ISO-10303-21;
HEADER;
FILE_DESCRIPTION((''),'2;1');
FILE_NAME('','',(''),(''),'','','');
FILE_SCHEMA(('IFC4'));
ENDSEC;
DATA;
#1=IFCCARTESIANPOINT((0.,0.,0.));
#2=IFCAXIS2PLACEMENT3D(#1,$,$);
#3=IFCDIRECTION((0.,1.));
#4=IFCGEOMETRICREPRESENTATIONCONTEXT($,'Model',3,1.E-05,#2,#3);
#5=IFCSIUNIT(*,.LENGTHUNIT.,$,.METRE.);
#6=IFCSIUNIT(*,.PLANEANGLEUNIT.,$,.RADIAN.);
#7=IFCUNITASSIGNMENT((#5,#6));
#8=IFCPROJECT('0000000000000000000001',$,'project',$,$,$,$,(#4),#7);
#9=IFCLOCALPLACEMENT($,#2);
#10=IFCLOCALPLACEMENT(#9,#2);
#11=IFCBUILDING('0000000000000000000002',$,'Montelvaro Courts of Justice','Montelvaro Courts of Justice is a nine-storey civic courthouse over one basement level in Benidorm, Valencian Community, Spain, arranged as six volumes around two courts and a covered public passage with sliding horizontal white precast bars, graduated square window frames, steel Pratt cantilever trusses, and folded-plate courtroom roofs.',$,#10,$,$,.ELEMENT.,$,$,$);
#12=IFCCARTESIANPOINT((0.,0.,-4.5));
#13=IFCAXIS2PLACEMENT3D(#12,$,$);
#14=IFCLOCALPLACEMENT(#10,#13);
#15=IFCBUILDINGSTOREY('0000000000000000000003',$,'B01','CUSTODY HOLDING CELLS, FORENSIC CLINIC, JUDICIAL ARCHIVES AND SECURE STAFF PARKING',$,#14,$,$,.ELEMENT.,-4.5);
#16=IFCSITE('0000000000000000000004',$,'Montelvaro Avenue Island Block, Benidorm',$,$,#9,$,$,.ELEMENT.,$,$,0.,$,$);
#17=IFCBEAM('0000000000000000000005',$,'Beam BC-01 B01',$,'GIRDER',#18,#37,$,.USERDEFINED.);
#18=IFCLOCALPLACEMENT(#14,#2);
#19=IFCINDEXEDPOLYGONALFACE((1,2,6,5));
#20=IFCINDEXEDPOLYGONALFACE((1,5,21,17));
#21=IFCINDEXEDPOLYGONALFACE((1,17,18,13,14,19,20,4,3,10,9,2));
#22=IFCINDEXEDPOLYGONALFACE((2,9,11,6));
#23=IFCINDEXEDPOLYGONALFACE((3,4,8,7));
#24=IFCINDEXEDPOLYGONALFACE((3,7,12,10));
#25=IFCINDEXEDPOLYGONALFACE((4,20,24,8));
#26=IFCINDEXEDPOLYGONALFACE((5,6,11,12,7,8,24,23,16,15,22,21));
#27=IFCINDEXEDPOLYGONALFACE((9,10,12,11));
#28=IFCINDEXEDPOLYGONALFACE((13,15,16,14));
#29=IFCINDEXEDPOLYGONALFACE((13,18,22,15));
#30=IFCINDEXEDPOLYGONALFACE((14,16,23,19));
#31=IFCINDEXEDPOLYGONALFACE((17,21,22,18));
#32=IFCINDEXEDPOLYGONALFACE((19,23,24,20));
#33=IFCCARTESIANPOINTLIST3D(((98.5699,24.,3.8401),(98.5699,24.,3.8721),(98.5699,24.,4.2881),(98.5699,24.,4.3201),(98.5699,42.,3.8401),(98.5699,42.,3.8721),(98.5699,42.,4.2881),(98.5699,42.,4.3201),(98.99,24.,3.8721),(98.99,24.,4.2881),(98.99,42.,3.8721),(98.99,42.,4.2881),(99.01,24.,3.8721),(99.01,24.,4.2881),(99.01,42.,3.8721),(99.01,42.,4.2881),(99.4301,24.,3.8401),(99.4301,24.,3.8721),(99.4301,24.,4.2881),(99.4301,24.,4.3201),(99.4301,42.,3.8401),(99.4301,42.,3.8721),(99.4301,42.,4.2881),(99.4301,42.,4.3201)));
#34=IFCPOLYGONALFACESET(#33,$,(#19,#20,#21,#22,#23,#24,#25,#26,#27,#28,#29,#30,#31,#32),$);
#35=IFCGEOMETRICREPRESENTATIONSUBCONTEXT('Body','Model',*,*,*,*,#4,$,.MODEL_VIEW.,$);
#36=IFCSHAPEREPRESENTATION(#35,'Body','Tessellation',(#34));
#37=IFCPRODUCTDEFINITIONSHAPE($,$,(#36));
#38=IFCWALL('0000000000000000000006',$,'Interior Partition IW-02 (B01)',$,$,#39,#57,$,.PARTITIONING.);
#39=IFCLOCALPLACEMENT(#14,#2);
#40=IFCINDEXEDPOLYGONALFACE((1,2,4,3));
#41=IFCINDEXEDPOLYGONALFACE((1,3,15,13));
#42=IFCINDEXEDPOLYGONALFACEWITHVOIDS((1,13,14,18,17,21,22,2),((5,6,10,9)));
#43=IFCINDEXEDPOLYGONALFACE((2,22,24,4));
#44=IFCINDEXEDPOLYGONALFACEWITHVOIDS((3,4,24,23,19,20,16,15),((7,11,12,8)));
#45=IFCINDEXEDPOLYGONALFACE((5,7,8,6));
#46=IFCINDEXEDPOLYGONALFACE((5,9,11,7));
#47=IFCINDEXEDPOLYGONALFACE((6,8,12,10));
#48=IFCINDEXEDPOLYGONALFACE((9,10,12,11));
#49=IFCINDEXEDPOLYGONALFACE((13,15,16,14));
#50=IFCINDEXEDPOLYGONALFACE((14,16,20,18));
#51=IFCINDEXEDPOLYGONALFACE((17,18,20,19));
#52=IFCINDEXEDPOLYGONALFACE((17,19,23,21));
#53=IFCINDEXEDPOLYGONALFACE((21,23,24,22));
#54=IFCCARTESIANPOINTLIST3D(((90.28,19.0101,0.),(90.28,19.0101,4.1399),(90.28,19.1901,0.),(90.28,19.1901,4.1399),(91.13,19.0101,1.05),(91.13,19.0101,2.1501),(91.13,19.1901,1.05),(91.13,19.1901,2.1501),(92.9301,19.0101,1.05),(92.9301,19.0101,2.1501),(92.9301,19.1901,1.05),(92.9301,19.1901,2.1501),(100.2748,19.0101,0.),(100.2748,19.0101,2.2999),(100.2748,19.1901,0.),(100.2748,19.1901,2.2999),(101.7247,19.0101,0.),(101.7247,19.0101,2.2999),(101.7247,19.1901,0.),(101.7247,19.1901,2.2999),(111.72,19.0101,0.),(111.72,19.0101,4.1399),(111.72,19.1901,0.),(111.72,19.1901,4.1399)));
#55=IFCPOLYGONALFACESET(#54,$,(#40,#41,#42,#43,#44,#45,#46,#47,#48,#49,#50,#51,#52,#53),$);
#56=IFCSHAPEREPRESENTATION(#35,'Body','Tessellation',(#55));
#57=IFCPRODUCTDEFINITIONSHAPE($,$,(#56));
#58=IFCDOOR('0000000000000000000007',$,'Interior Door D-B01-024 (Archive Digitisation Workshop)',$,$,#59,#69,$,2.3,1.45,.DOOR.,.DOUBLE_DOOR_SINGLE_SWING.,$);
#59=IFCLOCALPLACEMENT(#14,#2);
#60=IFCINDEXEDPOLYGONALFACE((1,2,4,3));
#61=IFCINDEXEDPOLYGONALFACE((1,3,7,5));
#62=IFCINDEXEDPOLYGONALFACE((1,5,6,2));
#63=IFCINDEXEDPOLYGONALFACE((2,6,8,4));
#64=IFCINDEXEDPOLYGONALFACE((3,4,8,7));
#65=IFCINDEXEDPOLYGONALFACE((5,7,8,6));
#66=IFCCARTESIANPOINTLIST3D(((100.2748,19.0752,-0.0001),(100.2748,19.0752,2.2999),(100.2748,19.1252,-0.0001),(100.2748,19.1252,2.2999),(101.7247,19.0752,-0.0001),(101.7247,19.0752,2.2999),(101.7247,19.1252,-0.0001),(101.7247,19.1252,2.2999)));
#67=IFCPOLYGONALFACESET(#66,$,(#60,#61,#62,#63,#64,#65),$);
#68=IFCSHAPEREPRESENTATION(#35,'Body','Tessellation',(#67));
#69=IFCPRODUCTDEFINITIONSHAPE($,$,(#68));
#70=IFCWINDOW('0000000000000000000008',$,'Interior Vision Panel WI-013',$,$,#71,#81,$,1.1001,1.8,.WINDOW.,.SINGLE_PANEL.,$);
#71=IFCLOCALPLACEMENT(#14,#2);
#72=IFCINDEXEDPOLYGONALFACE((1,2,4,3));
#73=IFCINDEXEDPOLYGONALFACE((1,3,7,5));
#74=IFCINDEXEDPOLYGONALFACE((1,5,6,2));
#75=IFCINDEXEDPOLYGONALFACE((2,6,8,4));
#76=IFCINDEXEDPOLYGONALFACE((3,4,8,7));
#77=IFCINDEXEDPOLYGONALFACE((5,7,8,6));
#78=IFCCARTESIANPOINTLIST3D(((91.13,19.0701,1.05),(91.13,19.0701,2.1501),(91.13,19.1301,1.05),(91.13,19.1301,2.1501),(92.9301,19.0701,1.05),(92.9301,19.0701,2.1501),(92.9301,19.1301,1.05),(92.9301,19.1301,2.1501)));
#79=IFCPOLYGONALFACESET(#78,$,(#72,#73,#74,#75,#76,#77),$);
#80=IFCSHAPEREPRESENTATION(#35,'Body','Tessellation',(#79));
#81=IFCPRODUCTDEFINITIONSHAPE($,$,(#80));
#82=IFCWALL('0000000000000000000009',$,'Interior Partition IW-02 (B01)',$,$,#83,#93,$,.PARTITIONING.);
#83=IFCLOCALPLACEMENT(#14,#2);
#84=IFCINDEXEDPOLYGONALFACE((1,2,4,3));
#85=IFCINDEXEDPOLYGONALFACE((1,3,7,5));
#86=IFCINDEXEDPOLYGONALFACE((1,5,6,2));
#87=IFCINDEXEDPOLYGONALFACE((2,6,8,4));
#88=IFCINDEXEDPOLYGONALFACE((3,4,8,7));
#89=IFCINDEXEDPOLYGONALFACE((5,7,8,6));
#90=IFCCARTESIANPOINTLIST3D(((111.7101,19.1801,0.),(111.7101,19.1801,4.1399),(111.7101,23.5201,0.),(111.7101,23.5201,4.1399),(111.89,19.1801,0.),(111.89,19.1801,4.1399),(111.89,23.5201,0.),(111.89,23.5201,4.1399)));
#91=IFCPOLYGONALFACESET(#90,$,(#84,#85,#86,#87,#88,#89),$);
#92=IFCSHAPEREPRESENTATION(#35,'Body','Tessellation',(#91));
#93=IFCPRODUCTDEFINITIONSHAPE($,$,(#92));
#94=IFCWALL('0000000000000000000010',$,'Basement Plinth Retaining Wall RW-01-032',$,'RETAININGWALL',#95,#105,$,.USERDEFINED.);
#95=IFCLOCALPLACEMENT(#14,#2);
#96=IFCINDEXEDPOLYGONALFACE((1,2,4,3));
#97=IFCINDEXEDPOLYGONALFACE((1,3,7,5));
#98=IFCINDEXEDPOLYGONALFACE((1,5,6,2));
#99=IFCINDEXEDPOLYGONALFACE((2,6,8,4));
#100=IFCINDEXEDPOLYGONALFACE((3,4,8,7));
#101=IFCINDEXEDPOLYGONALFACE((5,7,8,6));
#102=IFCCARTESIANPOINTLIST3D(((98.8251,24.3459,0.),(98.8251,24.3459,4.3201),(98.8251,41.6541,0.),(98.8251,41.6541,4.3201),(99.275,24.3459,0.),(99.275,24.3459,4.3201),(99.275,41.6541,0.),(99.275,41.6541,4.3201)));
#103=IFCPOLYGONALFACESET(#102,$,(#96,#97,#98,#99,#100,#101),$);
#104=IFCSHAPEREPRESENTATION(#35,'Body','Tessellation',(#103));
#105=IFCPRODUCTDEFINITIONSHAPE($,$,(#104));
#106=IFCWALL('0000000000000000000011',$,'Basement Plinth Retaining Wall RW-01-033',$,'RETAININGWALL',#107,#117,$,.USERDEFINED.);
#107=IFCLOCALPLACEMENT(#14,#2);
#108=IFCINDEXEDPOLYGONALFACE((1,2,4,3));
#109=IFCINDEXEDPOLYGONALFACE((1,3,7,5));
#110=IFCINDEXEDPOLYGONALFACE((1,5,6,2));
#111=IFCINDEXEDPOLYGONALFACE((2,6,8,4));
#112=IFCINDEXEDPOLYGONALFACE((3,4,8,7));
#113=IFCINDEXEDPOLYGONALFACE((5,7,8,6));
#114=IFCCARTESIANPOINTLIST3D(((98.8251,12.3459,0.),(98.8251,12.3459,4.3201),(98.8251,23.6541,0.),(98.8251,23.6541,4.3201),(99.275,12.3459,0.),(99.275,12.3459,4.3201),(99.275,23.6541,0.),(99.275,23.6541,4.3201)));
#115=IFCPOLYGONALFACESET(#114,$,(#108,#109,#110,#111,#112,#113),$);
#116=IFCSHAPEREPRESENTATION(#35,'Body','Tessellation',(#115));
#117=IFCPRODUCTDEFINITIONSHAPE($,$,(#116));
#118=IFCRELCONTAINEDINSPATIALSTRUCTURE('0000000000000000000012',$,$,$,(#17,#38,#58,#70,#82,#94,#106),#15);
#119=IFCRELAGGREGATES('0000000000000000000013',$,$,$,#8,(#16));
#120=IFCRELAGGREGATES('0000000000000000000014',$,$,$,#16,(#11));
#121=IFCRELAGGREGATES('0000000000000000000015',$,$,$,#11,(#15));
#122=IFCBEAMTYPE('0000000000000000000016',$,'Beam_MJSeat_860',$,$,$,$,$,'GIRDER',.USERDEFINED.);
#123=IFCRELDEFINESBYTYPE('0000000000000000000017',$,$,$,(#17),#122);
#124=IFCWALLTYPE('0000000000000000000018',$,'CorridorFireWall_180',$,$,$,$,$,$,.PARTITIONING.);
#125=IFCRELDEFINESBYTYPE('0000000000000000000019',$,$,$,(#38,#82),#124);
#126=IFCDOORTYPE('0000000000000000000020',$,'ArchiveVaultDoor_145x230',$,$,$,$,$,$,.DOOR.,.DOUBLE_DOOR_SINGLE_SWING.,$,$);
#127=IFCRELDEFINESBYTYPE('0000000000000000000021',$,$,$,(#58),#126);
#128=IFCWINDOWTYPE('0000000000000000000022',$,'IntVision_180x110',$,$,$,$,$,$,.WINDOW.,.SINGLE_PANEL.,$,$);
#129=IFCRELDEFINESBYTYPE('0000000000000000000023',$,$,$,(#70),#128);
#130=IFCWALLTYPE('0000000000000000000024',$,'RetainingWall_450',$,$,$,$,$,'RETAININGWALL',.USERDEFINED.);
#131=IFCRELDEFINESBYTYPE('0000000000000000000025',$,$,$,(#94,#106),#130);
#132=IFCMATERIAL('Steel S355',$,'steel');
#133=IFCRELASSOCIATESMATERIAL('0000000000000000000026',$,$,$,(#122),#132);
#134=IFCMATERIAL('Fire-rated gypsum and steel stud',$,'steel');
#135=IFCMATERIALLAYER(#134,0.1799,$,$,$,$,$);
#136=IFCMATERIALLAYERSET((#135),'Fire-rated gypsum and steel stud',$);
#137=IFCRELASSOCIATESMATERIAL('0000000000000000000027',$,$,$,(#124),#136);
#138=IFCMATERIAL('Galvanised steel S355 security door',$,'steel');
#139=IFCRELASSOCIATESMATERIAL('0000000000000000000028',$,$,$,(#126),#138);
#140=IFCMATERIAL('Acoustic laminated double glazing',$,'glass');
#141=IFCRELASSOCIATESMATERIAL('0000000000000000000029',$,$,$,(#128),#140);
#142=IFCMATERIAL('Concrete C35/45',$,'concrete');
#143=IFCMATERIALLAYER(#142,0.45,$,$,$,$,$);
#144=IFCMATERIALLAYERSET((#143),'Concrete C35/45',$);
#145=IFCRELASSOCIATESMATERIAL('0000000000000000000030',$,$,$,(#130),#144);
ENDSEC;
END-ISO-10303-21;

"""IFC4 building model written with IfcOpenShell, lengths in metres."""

from ifc_helpers import new_model, si_unit, direction, frame, frame_2d, origin, origin_2d, place, context, subcontext, project, spatial, rectangle, i_section, extrude, material, layer, layer_set, material_profile, profile_set, type_object, element, fill, save


model = new_model("IFC4")

# Units and contexts
model_context = context("Model", 3, precision=1e-05, world=origin(), true_north=direction((0.0, 1.0)))
body_context = subcontext(model_context, "Body", "Model", "MODEL_VIEW")
ifc_project = project(units=[si_unit("LENGTHUNIT", "METRE"), si_unit("PLANEANGLEUNIT", "RADIAN")], contexts=[model_context])

# Site, building, storey
site_placement = place(None, origin())
site = spatial("IfcSite", under=ifc_project, at=site_placement, Name="Montelvaro Avenue Island Block, Benidorm", CompositionType="ELEMENT", RefElevation=0.0)
building_placement = place(site_placement, origin())
building = spatial("IfcBuilding", under=site, at=building_placement, Name="Montelvaro Courts of Justice", Description="Montelvaro Courts of Justice is a nine-storey civic courthouse over one basement level in Benidorm, Valencian Community, Spain, arranged as six volumes around two courts and a covered public passage with sliding horizontal white precast bars, graduated square window frames, steel Pratt cantilever trusses, and folded-plate courtroom roofs.", CompositionType="ELEMENT")
storey_placement = place(building_placement, frame((0.0, 0.0, -4.5)))
storey = spatial("IfcBuildingStorey", under=building, at=storey_placement, Name="B01", Description="CUSTODY HOLDING CELLS, FORENSIC CLINIC, JUDICIAL ARCHIVES AND SECURE STAFF PARKING", CompositionType="ELEMENT", Elevation=-4.5)

# Shared definitions
ifc_material_1 = material(Name="Concrete C35/45", Category="concrete")

# Beam
ifc_material_2 = material(Name="Steel S355", Category="steel")
ifc_material_profile_1 = material_profile(ifc_material_2, i_section(OverallWidth=0.8601, OverallDepth=0.48, WebThickness=0.02, FlangeThickness=0.032, at=origin_2d()), Name="HL 480x860")
ifc_profile_set_1 = profile_set([ifc_material_profile_1], Name="Steel S355")
beam_type_1 = type_object("IfcBeamType", Name="Beam_MJSeat_860", ElementType="GIRDER", PredefinedType="USERDEFINED", material=ifc_profile_set_1)
beam_1_placement = place(storey_placement, frame((99.0, 24.0, 4.0801), z_axis=(0.0, 1.0, 0.0), x_axis=(-1.0, 0.0, 0.0)))
element("IfcBeam", 1, at=beam_1_placement, inside=storey, type_object=beam_type_1, Name="Beam BC-01 B01", ObjectType="GIRDER", PredefinedType="USERDEFINED", context=body_context, shape_type="SweptSolid", body=[
    extrude(i_section(OverallWidth=0.8601, OverallDepth=0.48, WebThickness=0.02, FlangeThickness=0.032, at=origin_2d()), origin(), (0.0, 0.0, 1.0), 18.0),
])

# Wall, openings, door, window
ifc_material_3 = material(Name="Fire-rated gypsum and steel stud", Category="steel")
ifc_layer_1 = layer(ifc_material_3, 0.1799)
ifc_layer_set_1 = layer_set([ifc_layer_1], Name="Fire-rated gypsum and steel stud")
wall_type_1 = type_object("IfcWallType", Name="CorridorFireWall_180", PredefinedType="PARTITIONING", material=ifc_layer_set_1)
wall_1_placement = place(storey_placement, frame((111.72, 19.1001, 0.0), z_axis=(0.0, 0.0, 1.0), x_axis=(-1.0, 0.0, 0.0)))
wall_1 = element("IfcWall", 2, at=wall_1_placement, inside=storey, type_object=wall_type_1, Name="Interior Partition IW-02 (B01)", PredefinedType="PARTITIONING", context=body_context, shape_type="SweptSolid", body=[
    extrude(rectangle(XDim=21.4399, YDim=0.1799, at=frame_2d((10.72, 0.0))), origin(), (0.0, 0.0, 1.0), 4.1399),
])
opening_1_placement = place(wall_1_placement, frame((9.9951, 0.0, 0.0)))
opening_1 = element("IfcOpeningElement", 3, at=opening_1_placement, cuts=wall_1, PredefinedType="OPENING", context=body_context, shape_type="SweptSolid", body=[
    extrude(rectangle(XDim=1.45, YDim=2.3, at=frame_2d((0.7251, 1.1499))), frame((0.0, 0.105, 0.0), z_axis=(0.0, -1.0, 0.0), x_axis=(1.0, 0.0, 0.0)), (0.0, 0.0, 1.0), 0.2097),
])
opening_2_placement = place(wall_1_placement, frame((18.79, 0.0, 1.05)))
opening_2 = element("IfcOpeningElement", 4, at=opening_2_placement, cuts=wall_1, PredefinedType="OPENING", context=body_context, shape_type="SweptSolid", body=[
    extrude(rectangle(XDim=1.8, YDim=1.1001, at=frame_2d((0.8999, 0.55))), frame((0.0, 0.105, 0.0), z_axis=(0.0, -1.0, 0.0), x_axis=(1.0, 0.0, 0.0)), (0.0, 0.0, 1.0), 0.2097),
])
ifc_material_4 = material(Name="Galvanised steel S355 security door", Category="steel")
door_type = type_object("IfcDoorType", Name="ArchiveVaultDoor_145x230", OperationType="DOUBLE_DOOR_SINGLE_SWING", PredefinedType="DOOR", material=ifc_material_4)
door_placement = place(opening_1_placement, origin())
door = element("IfcDoor", 5, at=door_placement, inside=storey, type_object=door_type, Name="Interior Door D-B01-024 (Archive Digitisation Workshop)", OperationType="DOUBLE_DOOR_SINGLE_SWING", OverallHeight=2.3, OverallWidth=1.45, PredefinedType="DOOR", context=body_context, shape_type="SweptSolid", body=[
    extrude(rectangle(XDim=1.45, YDim=2.3, at=frame_2d((0.7251, 1.1499))), frame((0.0, 0.0249, 0.0), z_axis=(0.0, -1.0, 0.0), x_axis=(1.0, 0.0, 0.0)), (0.0, 0.0, 1.0), 0.05),
])
fill(opening_1, door)
ifc_material_5 = material(Name="Acoustic laminated double glazing", Category="glass")
window_type = type_object("IfcWindowType", Name="IntVision_180x110", PartitioningType="SINGLE_PANEL", PredefinedType="WINDOW", material=ifc_material_5)
window_placement = place(opening_2_placement, origin())
window = element("IfcWindow", 6, at=window_placement, inside=storey, type_object=window_type, Name="Interior Vision Panel WI-013", OverallHeight=1.1001, OverallWidth=1.8, PartitioningType="SINGLE_PANEL", PredefinedType="WINDOW", context=body_context, shape_type="SweptSolid", body=[
    extrude(rectangle(XDim=1.8, YDim=1.1001, at=frame_2d((0.8999, 0.55))), frame((0.0, 0.03, 0.0), z_axis=(0.0, -1.0, 0.0), x_axis=(1.0, 0.0, 0.0)), (0.0, 0.0, 1.0), 0.0601),
])
fill(opening_2, window)

# Walls
wall_2_placement = place(storey_placement, frame((111.8, 23.52, 0.0), z_axis=(0.0, 0.0, 1.0), x_axis=(0.0, -1.0, 0.0)))
element("IfcWall", 7, at=wall_2_placement, inside=storey, type_object=wall_type_1, Name="Interior Partition IW-02 (B01)", PredefinedType="PARTITIONING", context=body_context, shape_type="SweptSolid", body=[
    extrude(rectangle(XDim=4.3401, YDim=0.1799, at=frame_2d((2.1699, 0.0))), origin(), (0.0, 0.0, 1.0), 4.1399),
])
ifc_layer_2 = layer(ifc_material_1, 0.45)
ifc_layer_set_2 = layer_set([ifc_layer_2], Name="Concrete C35/45")
wall_type_2 = type_object("IfcWallType", Name="RetainingWall_450", ElementType="RETAININGWALL", PredefinedType="USERDEFINED", material=ifc_layer_set_2)
wall_3_placement = place(storey_placement, frame((99.05, 41.6541, 0.0), z_axis=(0.0, 0.0, 1.0), x_axis=(0.0, -1.0, 0.0)))
element("IfcWall", 8, at=wall_3_placement, inside=storey, type_object=wall_type_2, Name="Basement Plinth Retaining Wall RW-01-032", ObjectType="RETAININGWALL", PredefinedType="USERDEFINED", context=body_context, shape_type="SweptSolid", body=[
    extrude(rectangle(XDim=17.3081, YDim=0.45, at=frame_2d((8.6541, 0.0))), origin(), (0.0, 0.0, 1.0), 4.3201),
])
wall_4_placement = place(storey_placement, frame((99.05, 23.6541, 0.0), z_axis=(0.0, 0.0, 1.0), x_axis=(0.0, -1.0, 0.0)))
element("IfcWall", 9, at=wall_4_placement, inside=storey, type_object=wall_type_2, Name="Basement Plinth Retaining Wall RW-01-033", ObjectType="RETAININGWALL", PredefinedType="USERDEFINED", context=body_context, shape_type="SweptSolid", body=[
    extrude(rectangle(XDim=11.3081, YDim=0.45, at=frame_2d((5.6541, 0.0))), origin(), (0.0, 0.0, 1.0), 4.3201),
])

save(model, "model.ifc")
